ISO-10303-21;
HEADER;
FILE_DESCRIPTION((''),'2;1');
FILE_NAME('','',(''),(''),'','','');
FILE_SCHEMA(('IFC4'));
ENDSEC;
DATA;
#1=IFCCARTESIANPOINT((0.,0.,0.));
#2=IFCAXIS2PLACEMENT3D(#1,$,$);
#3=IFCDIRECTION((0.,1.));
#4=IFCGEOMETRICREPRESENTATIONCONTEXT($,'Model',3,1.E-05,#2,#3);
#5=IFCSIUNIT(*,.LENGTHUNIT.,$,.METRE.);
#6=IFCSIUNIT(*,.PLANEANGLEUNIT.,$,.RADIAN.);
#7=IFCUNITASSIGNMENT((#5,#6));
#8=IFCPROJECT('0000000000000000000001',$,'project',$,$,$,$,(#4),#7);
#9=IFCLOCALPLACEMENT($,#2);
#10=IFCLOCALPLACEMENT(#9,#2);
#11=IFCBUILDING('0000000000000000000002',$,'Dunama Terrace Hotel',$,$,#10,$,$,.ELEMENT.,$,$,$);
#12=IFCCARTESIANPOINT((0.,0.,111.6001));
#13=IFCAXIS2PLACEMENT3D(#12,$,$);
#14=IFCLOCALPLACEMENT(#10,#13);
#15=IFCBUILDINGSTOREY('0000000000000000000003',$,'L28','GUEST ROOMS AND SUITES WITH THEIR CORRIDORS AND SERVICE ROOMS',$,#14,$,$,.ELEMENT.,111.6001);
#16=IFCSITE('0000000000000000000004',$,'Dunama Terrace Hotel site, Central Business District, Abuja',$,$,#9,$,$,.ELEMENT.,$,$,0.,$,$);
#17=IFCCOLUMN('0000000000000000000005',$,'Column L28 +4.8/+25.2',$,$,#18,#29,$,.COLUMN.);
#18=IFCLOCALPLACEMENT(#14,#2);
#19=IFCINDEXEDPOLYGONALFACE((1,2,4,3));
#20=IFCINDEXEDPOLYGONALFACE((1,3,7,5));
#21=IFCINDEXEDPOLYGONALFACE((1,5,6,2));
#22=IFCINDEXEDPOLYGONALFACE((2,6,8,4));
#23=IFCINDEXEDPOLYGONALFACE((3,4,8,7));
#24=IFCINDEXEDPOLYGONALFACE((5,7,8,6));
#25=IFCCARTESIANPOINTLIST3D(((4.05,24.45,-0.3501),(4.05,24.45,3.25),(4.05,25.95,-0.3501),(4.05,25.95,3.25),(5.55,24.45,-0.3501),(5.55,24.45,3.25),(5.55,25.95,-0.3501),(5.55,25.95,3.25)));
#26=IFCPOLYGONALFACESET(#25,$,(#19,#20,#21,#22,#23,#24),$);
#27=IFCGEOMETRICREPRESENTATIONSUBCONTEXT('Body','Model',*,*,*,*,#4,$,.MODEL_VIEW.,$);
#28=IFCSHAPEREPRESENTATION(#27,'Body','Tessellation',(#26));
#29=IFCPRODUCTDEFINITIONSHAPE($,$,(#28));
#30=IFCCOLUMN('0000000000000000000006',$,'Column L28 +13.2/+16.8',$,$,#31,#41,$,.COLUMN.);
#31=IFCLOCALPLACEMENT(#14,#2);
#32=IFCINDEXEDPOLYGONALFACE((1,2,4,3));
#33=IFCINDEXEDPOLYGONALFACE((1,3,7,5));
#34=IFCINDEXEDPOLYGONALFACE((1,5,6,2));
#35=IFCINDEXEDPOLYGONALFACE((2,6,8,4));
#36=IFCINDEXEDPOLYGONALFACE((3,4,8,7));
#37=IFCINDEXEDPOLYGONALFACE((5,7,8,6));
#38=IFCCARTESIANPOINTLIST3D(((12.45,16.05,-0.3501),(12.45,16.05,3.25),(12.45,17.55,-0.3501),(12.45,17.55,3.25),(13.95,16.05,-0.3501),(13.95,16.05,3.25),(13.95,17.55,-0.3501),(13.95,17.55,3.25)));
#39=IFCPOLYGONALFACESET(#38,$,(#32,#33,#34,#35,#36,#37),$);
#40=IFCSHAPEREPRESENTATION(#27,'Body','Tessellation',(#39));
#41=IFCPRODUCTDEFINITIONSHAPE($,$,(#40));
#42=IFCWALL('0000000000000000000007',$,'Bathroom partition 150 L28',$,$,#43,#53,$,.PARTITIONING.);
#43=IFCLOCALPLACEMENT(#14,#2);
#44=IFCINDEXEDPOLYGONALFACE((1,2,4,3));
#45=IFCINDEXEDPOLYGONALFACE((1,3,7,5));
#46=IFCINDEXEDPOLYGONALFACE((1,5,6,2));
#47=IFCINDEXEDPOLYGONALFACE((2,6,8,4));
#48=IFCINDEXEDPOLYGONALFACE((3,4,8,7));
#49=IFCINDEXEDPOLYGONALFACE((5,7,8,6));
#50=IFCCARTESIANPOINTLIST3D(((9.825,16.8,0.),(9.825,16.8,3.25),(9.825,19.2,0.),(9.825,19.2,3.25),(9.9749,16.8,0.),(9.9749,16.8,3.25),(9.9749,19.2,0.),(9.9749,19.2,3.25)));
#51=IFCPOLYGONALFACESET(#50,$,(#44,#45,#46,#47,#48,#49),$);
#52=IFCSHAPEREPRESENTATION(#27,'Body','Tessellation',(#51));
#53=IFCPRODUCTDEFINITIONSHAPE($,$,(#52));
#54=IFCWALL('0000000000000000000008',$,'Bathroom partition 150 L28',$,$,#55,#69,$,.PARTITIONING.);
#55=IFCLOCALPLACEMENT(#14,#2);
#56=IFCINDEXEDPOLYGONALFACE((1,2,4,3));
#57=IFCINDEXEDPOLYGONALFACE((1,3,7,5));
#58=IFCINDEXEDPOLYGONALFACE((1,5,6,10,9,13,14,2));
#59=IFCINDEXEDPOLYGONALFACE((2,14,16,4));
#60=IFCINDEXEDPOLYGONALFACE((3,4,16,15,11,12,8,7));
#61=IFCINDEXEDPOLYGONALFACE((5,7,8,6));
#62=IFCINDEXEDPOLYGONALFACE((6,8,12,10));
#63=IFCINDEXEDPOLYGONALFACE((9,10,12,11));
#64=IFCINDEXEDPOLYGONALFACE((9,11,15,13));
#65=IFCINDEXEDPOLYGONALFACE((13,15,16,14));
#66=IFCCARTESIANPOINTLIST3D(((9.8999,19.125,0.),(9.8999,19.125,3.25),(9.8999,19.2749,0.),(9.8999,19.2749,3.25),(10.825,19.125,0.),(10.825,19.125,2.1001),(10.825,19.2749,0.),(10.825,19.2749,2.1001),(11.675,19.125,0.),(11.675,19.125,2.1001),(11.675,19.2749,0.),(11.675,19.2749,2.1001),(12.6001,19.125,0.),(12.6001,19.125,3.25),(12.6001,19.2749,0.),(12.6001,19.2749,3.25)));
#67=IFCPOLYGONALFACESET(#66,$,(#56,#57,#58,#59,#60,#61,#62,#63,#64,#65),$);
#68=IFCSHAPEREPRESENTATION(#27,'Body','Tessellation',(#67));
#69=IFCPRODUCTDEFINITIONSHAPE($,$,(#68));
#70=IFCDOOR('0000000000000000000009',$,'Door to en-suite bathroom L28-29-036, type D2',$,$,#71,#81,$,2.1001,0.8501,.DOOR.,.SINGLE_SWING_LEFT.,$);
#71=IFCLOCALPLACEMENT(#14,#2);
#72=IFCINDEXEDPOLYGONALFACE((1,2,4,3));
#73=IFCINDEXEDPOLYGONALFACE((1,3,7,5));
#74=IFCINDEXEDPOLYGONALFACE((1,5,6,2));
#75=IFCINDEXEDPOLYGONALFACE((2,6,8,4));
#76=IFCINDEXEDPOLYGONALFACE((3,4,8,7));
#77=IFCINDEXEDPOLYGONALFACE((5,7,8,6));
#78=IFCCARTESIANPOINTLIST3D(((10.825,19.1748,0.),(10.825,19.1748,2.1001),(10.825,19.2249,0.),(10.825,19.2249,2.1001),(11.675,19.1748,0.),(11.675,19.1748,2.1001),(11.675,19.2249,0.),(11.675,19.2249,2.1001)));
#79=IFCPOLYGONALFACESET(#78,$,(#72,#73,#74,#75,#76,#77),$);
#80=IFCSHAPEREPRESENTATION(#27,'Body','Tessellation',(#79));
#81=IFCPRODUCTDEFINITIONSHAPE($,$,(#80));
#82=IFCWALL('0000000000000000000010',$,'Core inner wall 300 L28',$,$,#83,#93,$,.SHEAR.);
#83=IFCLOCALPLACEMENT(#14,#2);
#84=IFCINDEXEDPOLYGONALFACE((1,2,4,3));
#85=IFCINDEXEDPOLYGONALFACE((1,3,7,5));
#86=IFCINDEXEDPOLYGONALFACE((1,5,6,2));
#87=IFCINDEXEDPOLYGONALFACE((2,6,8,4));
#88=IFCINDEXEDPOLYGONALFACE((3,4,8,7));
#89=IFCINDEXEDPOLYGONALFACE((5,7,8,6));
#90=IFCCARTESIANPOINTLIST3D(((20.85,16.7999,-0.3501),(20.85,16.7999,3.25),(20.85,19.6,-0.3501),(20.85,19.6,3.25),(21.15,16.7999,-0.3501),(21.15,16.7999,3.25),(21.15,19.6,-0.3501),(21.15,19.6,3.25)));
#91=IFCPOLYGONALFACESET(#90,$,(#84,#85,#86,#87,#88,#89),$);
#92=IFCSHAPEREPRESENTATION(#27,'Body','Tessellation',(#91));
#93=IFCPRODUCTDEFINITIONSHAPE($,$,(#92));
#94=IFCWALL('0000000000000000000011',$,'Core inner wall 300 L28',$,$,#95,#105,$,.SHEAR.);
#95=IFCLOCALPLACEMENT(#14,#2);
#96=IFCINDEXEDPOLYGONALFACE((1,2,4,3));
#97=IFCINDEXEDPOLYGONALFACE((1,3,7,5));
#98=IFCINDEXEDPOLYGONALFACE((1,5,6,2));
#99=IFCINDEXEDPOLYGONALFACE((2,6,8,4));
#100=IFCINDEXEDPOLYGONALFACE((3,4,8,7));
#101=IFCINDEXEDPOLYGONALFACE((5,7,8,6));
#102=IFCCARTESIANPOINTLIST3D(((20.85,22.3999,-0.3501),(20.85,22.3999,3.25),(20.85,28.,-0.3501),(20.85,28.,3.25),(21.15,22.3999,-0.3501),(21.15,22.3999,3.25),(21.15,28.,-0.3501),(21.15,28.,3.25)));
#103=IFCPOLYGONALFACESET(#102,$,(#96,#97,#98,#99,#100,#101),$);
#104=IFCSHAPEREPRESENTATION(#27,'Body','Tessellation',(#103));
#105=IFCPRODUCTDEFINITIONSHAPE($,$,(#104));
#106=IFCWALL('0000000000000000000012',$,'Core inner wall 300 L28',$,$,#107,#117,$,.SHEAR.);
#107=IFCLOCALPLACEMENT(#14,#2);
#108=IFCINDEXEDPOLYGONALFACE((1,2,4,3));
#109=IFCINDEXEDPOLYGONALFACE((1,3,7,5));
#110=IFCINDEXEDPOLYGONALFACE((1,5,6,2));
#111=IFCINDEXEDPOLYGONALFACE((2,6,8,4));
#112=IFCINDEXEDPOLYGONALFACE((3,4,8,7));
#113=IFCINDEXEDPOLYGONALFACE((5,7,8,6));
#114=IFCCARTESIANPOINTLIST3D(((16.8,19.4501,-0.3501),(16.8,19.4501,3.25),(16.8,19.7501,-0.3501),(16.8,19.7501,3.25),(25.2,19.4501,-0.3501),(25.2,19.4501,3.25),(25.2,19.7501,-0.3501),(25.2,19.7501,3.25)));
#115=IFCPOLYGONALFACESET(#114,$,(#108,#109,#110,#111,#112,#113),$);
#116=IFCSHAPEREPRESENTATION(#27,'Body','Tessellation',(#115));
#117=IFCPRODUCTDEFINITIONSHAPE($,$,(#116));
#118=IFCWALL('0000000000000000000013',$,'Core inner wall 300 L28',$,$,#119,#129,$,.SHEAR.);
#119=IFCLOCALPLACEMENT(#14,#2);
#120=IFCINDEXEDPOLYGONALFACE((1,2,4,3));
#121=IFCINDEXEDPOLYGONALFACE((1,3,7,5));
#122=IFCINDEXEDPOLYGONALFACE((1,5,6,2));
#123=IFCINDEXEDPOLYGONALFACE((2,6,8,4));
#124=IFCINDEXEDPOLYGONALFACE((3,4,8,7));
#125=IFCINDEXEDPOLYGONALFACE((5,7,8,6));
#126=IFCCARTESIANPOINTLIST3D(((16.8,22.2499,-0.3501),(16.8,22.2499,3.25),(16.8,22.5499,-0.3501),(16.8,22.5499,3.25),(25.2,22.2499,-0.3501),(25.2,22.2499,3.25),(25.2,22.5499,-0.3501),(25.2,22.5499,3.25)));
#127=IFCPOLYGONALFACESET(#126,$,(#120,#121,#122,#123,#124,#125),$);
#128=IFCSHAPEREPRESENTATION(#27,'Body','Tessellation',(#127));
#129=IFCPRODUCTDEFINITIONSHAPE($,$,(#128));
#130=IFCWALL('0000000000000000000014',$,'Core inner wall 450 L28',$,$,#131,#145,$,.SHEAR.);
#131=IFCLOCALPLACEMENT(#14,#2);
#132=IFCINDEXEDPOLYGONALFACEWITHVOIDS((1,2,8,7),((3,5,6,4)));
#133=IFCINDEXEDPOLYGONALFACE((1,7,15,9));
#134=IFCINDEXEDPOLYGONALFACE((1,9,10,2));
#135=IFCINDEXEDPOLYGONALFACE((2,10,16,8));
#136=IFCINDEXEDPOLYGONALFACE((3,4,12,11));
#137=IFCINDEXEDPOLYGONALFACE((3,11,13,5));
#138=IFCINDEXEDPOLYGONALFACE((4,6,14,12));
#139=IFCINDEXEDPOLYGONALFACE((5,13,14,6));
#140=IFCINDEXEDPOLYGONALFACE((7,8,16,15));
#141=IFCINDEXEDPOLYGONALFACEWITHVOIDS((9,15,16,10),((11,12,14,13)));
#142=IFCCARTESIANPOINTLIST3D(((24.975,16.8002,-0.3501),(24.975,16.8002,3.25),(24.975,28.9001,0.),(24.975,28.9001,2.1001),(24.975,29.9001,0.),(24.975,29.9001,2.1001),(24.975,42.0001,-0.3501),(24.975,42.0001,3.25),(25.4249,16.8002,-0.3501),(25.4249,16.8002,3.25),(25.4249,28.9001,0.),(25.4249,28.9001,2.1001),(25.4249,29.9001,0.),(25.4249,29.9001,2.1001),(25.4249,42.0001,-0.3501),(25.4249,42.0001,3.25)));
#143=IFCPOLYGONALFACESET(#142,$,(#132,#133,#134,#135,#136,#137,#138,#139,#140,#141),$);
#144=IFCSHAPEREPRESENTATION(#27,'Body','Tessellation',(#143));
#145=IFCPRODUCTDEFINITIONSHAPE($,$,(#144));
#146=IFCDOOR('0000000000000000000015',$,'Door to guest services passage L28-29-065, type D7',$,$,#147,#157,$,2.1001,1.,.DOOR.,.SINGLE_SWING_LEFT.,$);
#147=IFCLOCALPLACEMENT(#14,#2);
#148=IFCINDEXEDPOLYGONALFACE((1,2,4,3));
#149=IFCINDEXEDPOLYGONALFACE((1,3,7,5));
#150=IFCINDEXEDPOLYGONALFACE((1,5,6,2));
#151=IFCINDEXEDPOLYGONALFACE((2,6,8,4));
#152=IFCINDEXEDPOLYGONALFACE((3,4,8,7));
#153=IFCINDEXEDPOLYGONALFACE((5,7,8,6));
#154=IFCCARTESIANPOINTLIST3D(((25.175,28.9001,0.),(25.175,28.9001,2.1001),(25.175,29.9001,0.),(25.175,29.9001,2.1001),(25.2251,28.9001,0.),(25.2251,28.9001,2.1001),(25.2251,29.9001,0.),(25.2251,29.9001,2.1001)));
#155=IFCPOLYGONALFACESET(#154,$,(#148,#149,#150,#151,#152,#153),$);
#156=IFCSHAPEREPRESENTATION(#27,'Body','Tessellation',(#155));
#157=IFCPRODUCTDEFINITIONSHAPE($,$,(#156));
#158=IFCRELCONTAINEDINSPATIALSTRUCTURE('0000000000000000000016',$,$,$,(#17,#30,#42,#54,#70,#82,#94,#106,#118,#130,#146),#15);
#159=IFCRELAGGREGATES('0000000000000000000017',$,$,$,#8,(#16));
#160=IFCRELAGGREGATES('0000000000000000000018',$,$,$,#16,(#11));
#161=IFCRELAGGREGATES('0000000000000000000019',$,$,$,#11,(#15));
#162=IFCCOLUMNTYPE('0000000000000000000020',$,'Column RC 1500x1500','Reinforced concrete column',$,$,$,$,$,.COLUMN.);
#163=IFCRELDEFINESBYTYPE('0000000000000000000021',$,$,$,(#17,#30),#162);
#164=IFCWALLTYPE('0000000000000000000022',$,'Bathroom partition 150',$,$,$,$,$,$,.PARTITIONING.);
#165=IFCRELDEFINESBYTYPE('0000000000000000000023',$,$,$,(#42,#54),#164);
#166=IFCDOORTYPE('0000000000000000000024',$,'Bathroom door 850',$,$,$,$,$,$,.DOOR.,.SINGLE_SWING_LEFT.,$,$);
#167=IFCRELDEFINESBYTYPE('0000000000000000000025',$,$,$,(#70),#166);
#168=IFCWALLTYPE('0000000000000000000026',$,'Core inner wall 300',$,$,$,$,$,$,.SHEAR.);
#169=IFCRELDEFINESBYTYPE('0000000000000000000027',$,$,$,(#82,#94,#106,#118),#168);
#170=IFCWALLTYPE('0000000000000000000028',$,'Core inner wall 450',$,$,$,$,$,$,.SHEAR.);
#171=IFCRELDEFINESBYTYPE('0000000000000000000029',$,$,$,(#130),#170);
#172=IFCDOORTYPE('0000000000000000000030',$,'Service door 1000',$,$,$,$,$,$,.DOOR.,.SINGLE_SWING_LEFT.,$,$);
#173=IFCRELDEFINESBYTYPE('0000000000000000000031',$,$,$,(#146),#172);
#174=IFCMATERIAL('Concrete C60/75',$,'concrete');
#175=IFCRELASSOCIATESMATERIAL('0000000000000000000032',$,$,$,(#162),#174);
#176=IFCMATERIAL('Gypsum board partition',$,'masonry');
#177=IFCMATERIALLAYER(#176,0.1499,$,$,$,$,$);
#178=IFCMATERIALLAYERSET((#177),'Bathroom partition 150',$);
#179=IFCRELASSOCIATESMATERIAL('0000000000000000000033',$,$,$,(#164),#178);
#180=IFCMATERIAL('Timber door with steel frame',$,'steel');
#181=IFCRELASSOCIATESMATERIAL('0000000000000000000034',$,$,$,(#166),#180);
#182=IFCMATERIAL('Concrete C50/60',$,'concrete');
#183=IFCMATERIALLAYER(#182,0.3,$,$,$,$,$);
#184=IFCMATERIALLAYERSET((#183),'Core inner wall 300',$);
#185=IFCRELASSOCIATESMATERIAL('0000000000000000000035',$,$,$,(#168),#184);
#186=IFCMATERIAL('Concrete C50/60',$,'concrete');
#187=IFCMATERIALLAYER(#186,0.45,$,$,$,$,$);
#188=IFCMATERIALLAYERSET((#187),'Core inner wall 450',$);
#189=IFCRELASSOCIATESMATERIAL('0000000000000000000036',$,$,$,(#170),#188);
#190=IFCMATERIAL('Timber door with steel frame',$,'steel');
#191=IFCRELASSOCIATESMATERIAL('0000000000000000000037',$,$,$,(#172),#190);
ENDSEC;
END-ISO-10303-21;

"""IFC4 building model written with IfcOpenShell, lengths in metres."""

from ifc_helpers import new_model, si_unit, direction, frame, frame_2d, origin, origin_2d, place, context, subcontext, project, spatial, rectangle, extrude, material, layer, layer_set, material_profile, profile_set, type_object, element, fill, save


model = new_model("IFC4")

# Units and contexts
model_context = context("Model", 3, precision=1e-05, world=origin(), true_north=direction((0.0, 1.0)))
body_context = subcontext(model_context, "Body", "Model", "MODEL_VIEW")
ifc_project = project(units=[si_unit("LENGTHUNIT", "METRE"), si_unit("PLANEANGLEUNIT", "RADIAN")], contexts=[model_context])

# Site, building, storey
site_placement = place(None, origin())
site = spatial("IfcSite", under=ifc_project, at=site_placement, Name="Dunama Terrace Hotel site, Central Business District, Abuja", CompositionType="ELEMENT", RefElevation=0.0)
building_placement = place(site_placement, origin())
building = spatial("IfcBuilding", under=site, at=building_placement, Name="Dunama Terrace Hotel", CompositionType="ELEMENT")
storey_placement = place(building_placement, frame((0.0, 0.0, 111.6001)))
storey = spatial("IfcBuildingStorey", under=building, at=storey_placement, Name="L28", Description="GUEST ROOMS AND SUITES WITH THEIR CORRIDORS AND SERVICE ROOMS", CompositionType="ELEMENT", Elevation=111.6001)

# Columns
ifc_material_1 = material(Name="Concrete C60/75", Category="concrete")
ifc_material_profile = material_profile(ifc_material_1, rectangle(XDim=1.5, YDim=1.5, at=origin_2d()), Name="RC 1500x1500")
ifc_profile_set = profile_set([ifc_material_profile], Name="Concrete C60/75")
column_type = type_object("IfcColumnType", Name="Column RC 1500x1500", Description="Reinforced concrete column", PredefinedType="COLUMN", material=ifc_profile_set)
for number, where, z_axis, x_axis, name in (
    (1, (4.8, 25.2, -0.3501), (0.0, 0.0, 1.0), (1.0, 0.0, 0.0), "Column L28 +4.8/+25.2"),
    (2, (13.2, 16.8, -0.3501), (0.0, 0.0, 1.0), (1.0, 0.0, 0.0), "Column L28 +13.2/+16.8"),
):
    element("IfcColumn", number, at=place(storey_placement, frame(where, z_axis=z_axis, x_axis=x_axis)), inside=storey, type_object=column_type, Name=name, PredefinedType="COLUMN", context=body_context, shape_type="SweptSolid", body=[
        extrude(rectangle(XDim=1.5, YDim=1.5, at=origin_2d()), origin(), (0.0, 0.0, 1.0), 3.6001),
    ])

# Wall
ifc_material_2 = material(Name="Gypsum board partition", Category="masonry")
ifc_layer_1 = layer(ifc_material_2, 0.1499)
ifc_layer_set_1 = layer_set([ifc_layer_1], Name="Bathroom partition 150")
wall_type_1 = type_object("IfcWallType", Name="Bathroom partition 150", PredefinedType="PARTITIONING", material=ifc_layer_set_1)
wall_1_placement = place(storey_placement, frame((9.8999, 16.8, 0.0), z_axis=(0.0, 0.0, 1.0), x_axis=(0.0, 1.0, 0.0)))
element("IfcWall", 3, at=wall_1_placement, inside=storey, type_object=wall_type_1, Name="Bathroom partition 150 L28", PredefinedType="PARTITIONING", context=body_context, shape_type="SweptSolid", body=[
    extrude(rectangle(XDim=2.3999, YDim=0.1499, at=frame_2d((1.2, 0.0))), origin(), (0.0, 0.0, 1.0), 3.25),
])

# Wall, opening, door
wall_2_placement = place(storey_placement, frame((9.8999, 19.2, 0.0), z_axis=(0.0, 0.0, 1.0), x_axis=(1.0, 0.0, 0.0)))
wall_2 = element("IfcWall", 4, at=wall_2_placement, inside=storey, type_object=wall_type_1, Name="Bathroom partition 150 L28", PredefinedType="PARTITIONING", context=body_context, shape_type="SweptSolid", body=[
    extrude(rectangle(XDim=2.7002, YDim=0.1499, at=frame_2d((1.3501, 0.0))), origin(), (0.0, 0.0, 1.0), 3.25),
])
opening_1_placement = place(wall_2_placement, frame((0.925, 0.0, 0.0)))
opening_1 = element("IfcOpeningElement", 5, at=opening_1_placement, cuts=wall_2, PredefinedType="OPENING", context=body_context, shape_type="SweptSolid", body=[
    extrude(rectangle(XDim=0.8501, YDim=2.1001, at=frame_2d((0.425, 1.05))), frame((0.0, 0.085, 0.0), z_axis=(0.0, -1.0, 0.0), x_axis=(1.0, 0.0, 0.0)), (0.0, 0.0, 1.0), 0.1699),
])
ifc_material_3 = material(Name="Timber door with steel frame", Category="steel")
door_type_1 = type_object("IfcDoorType", Name="Bathroom door 850", OperationType="SINGLE_SWING_LEFT", PredefinedType="DOOR", material=ifc_material_3)
door_1_placement = place(opening_1_placement, frame((0.8501, 0.0, 0.0), z_axis=(0.0, 0.0, 1.0), x_axis=(-1.0, 0.0, 0.0)))
door_1 = element("IfcDoor", 6, at=door_1_placement, inside=storey, type_object=door_type_1, Name="Door to en-suite bathroom L28-29-036, type D2", OperationType="SINGLE_SWING_LEFT", OverallHeight=2.1001, OverallWidth=0.8501, PredefinedType="DOOR", context=body_context, shape_type="SweptSolid", body=[
    extrude(rectangle(XDim=0.8501, YDim=2.1001, at=frame_2d((0.425, 1.05))), frame((0.0, 0.0251, 0.0), z_axis=(0.0, -1.0, 0.0), x_axis=(1.0, 0.0, 0.0)), (0.0, 0.0, 1.0), 0.05),
])
fill(opening_1, door_1)

# Walls
ifc_material_4 = material(Name="Concrete C50/60", Category="concrete")
ifc_layer_2 = layer(ifc_material_4, 0.3)
ifc_layer_set_2 = layer_set([ifc_layer_2], Name="Core inner wall 300")
wall_type_2 = type_object("IfcWallType", Name="Core inner wall 300", PredefinedType="SHEAR", material=ifc_layer_set_2)
wall_3_placement = place(storey_placement, frame((21.0, 16.8, -0.3501), z_axis=(0.0, 0.0, 1.0), x_axis=(0.0, 1.0, 0.0)))
element("IfcWall", 7, at=wall_3_placement, inside=storey, type_object=wall_type_2, Name="Core inner wall 300 L28", PredefinedType="SHEAR", context=body_context, shape_type="SweptSolid", body=[
    extrude(rectangle(XDim=2.8, YDim=0.3, at=frame_2d((1.3999, 0.0))), origin(), (0.0, 0.0, 1.0), 3.6001),
])
wall_4_placement = place(storey_placement, frame((21.0, 22.3999, -0.3501), z_axis=(0.0, 0.0, 1.0), x_axis=(0.0, 1.0, 0.0)))
element("IfcWall", 8, at=wall_4_placement, inside=storey, type_object=wall_type_2, Name="Core inner wall 300 L28", PredefinedType="SHEAR", context=body_context, shape_type="SweptSolid", body=[
    extrude(rectangle(XDim=5.6001, YDim=0.3, at=frame_2d((2.8, 0.0))), origin(), (0.0, 0.0, 1.0), 3.6001),
])
for number, where, z_axis, x_axis, name in (
    (9, (16.8, 19.6001, -0.3501), (0.0, 0.0, 1.0), (1.0, 0.0, 0.0), "Core inner wall 300 L28"),
    (10, (16.8, 22.3999, -0.3501), (0.0, 0.0, 1.0), (1.0, 0.0, 0.0), "Core inner wall 300 L28"),
):
    element("IfcWall", number, at=place(storey_placement, frame(where, z_axis=z_axis, x_axis=x_axis)), inside=storey, type_object=wall_type_2, Name=name, PredefinedType="SHEAR", context=body_context, shape_type="SweptSolid", body=[
        extrude(rectangle(XDim=8.3999, YDim=0.3, at=frame_2d((4.2, 0.0))), origin(), (0.0, 0.0, 1.0), 3.6001),
    ])

# Wall, opening, door
ifc_material_5 = material(Name="Concrete C50/60", Category="concrete")
ifc_layer_3 = layer(ifc_material_5, 0.45)
ifc_layer_set_3 = layer_set([ifc_layer_3], Name="Core inner wall 450")
wall_type_3 = type_object("IfcWallType", Name="Core inner wall 450", PredefinedType="SHEAR", material=ifc_layer_set_3)
wall_5_placement = place(storey_placement, frame((25.2, 16.8, -0.3501), z_axis=(0.0, 0.0, 1.0), x_axis=(0.0, 1.0, 0.0)))
wall_5 = element("IfcWall", 11, at=wall_5_placement, inside=storey, type_object=wall_type_3, Name="Core inner wall 450 L28", PredefinedType="SHEAR", context=body_context, shape_type="SweptSolid", body=[
    extrude(rectangle(XDim=25.2, YDim=0.45, at=frame_2d((12.6001, 0.0))), origin(), (0.0, 0.0, 1.0), 3.6001),
])
opening_2_placement = place(wall_5_placement, frame((12.1001, 0.0, 0.3501)))
opening_2 = element("IfcOpeningElement", 12, at=opening_2_placement, cuts=wall_5, PredefinedType="OPENING", context=body_context, shape_type="SweptSolid", body=[
    extrude(rectangle(XDim=1.0, YDim=2.1001, at=frame_2d((0.5, 1.05))), frame((0.0, 0.2349, 0.0), z_axis=(0.0, -1.0, 0.0), x_axis=(1.0, 0.0, 0.0)), (0.0, 0.0, 1.0), 0.47),
])
ifc_material_6 = material(Name="Timber door with steel frame", Category="steel")
door_type_2 = type_object("IfcDoorType", Name="Service door 1000", OperationType="SINGLE_SWING_LEFT", PredefinedType="DOOR", material=ifc_material_6)
door_2_placement = place(opening_2_placement, origin())
door_2 = element("IfcDoor", 13, at=door_2_placement, inside=storey, type_object=door_type_2, Name="Door to guest services passage L28-29-065, type D7", OperationType="SINGLE_SWING_LEFT", OverallHeight=2.1001, OverallWidth=1.0, PredefinedType="DOOR", context=body_context, shape_type="SweptSolid", body=[
    extrude(rectangle(XDim=1.0, YDim=2.1001, at=frame_2d((0.5, 1.05))), frame((0.0, 0.0249, 0.0), z_axis=(0.0, -1.0, 0.0), x_axis=(1.0, 0.0, 0.0)), (0.0, 0.0, 1.0), 0.05),
])
fill(opening_2, door_2)

save(model, "model.ifc")
